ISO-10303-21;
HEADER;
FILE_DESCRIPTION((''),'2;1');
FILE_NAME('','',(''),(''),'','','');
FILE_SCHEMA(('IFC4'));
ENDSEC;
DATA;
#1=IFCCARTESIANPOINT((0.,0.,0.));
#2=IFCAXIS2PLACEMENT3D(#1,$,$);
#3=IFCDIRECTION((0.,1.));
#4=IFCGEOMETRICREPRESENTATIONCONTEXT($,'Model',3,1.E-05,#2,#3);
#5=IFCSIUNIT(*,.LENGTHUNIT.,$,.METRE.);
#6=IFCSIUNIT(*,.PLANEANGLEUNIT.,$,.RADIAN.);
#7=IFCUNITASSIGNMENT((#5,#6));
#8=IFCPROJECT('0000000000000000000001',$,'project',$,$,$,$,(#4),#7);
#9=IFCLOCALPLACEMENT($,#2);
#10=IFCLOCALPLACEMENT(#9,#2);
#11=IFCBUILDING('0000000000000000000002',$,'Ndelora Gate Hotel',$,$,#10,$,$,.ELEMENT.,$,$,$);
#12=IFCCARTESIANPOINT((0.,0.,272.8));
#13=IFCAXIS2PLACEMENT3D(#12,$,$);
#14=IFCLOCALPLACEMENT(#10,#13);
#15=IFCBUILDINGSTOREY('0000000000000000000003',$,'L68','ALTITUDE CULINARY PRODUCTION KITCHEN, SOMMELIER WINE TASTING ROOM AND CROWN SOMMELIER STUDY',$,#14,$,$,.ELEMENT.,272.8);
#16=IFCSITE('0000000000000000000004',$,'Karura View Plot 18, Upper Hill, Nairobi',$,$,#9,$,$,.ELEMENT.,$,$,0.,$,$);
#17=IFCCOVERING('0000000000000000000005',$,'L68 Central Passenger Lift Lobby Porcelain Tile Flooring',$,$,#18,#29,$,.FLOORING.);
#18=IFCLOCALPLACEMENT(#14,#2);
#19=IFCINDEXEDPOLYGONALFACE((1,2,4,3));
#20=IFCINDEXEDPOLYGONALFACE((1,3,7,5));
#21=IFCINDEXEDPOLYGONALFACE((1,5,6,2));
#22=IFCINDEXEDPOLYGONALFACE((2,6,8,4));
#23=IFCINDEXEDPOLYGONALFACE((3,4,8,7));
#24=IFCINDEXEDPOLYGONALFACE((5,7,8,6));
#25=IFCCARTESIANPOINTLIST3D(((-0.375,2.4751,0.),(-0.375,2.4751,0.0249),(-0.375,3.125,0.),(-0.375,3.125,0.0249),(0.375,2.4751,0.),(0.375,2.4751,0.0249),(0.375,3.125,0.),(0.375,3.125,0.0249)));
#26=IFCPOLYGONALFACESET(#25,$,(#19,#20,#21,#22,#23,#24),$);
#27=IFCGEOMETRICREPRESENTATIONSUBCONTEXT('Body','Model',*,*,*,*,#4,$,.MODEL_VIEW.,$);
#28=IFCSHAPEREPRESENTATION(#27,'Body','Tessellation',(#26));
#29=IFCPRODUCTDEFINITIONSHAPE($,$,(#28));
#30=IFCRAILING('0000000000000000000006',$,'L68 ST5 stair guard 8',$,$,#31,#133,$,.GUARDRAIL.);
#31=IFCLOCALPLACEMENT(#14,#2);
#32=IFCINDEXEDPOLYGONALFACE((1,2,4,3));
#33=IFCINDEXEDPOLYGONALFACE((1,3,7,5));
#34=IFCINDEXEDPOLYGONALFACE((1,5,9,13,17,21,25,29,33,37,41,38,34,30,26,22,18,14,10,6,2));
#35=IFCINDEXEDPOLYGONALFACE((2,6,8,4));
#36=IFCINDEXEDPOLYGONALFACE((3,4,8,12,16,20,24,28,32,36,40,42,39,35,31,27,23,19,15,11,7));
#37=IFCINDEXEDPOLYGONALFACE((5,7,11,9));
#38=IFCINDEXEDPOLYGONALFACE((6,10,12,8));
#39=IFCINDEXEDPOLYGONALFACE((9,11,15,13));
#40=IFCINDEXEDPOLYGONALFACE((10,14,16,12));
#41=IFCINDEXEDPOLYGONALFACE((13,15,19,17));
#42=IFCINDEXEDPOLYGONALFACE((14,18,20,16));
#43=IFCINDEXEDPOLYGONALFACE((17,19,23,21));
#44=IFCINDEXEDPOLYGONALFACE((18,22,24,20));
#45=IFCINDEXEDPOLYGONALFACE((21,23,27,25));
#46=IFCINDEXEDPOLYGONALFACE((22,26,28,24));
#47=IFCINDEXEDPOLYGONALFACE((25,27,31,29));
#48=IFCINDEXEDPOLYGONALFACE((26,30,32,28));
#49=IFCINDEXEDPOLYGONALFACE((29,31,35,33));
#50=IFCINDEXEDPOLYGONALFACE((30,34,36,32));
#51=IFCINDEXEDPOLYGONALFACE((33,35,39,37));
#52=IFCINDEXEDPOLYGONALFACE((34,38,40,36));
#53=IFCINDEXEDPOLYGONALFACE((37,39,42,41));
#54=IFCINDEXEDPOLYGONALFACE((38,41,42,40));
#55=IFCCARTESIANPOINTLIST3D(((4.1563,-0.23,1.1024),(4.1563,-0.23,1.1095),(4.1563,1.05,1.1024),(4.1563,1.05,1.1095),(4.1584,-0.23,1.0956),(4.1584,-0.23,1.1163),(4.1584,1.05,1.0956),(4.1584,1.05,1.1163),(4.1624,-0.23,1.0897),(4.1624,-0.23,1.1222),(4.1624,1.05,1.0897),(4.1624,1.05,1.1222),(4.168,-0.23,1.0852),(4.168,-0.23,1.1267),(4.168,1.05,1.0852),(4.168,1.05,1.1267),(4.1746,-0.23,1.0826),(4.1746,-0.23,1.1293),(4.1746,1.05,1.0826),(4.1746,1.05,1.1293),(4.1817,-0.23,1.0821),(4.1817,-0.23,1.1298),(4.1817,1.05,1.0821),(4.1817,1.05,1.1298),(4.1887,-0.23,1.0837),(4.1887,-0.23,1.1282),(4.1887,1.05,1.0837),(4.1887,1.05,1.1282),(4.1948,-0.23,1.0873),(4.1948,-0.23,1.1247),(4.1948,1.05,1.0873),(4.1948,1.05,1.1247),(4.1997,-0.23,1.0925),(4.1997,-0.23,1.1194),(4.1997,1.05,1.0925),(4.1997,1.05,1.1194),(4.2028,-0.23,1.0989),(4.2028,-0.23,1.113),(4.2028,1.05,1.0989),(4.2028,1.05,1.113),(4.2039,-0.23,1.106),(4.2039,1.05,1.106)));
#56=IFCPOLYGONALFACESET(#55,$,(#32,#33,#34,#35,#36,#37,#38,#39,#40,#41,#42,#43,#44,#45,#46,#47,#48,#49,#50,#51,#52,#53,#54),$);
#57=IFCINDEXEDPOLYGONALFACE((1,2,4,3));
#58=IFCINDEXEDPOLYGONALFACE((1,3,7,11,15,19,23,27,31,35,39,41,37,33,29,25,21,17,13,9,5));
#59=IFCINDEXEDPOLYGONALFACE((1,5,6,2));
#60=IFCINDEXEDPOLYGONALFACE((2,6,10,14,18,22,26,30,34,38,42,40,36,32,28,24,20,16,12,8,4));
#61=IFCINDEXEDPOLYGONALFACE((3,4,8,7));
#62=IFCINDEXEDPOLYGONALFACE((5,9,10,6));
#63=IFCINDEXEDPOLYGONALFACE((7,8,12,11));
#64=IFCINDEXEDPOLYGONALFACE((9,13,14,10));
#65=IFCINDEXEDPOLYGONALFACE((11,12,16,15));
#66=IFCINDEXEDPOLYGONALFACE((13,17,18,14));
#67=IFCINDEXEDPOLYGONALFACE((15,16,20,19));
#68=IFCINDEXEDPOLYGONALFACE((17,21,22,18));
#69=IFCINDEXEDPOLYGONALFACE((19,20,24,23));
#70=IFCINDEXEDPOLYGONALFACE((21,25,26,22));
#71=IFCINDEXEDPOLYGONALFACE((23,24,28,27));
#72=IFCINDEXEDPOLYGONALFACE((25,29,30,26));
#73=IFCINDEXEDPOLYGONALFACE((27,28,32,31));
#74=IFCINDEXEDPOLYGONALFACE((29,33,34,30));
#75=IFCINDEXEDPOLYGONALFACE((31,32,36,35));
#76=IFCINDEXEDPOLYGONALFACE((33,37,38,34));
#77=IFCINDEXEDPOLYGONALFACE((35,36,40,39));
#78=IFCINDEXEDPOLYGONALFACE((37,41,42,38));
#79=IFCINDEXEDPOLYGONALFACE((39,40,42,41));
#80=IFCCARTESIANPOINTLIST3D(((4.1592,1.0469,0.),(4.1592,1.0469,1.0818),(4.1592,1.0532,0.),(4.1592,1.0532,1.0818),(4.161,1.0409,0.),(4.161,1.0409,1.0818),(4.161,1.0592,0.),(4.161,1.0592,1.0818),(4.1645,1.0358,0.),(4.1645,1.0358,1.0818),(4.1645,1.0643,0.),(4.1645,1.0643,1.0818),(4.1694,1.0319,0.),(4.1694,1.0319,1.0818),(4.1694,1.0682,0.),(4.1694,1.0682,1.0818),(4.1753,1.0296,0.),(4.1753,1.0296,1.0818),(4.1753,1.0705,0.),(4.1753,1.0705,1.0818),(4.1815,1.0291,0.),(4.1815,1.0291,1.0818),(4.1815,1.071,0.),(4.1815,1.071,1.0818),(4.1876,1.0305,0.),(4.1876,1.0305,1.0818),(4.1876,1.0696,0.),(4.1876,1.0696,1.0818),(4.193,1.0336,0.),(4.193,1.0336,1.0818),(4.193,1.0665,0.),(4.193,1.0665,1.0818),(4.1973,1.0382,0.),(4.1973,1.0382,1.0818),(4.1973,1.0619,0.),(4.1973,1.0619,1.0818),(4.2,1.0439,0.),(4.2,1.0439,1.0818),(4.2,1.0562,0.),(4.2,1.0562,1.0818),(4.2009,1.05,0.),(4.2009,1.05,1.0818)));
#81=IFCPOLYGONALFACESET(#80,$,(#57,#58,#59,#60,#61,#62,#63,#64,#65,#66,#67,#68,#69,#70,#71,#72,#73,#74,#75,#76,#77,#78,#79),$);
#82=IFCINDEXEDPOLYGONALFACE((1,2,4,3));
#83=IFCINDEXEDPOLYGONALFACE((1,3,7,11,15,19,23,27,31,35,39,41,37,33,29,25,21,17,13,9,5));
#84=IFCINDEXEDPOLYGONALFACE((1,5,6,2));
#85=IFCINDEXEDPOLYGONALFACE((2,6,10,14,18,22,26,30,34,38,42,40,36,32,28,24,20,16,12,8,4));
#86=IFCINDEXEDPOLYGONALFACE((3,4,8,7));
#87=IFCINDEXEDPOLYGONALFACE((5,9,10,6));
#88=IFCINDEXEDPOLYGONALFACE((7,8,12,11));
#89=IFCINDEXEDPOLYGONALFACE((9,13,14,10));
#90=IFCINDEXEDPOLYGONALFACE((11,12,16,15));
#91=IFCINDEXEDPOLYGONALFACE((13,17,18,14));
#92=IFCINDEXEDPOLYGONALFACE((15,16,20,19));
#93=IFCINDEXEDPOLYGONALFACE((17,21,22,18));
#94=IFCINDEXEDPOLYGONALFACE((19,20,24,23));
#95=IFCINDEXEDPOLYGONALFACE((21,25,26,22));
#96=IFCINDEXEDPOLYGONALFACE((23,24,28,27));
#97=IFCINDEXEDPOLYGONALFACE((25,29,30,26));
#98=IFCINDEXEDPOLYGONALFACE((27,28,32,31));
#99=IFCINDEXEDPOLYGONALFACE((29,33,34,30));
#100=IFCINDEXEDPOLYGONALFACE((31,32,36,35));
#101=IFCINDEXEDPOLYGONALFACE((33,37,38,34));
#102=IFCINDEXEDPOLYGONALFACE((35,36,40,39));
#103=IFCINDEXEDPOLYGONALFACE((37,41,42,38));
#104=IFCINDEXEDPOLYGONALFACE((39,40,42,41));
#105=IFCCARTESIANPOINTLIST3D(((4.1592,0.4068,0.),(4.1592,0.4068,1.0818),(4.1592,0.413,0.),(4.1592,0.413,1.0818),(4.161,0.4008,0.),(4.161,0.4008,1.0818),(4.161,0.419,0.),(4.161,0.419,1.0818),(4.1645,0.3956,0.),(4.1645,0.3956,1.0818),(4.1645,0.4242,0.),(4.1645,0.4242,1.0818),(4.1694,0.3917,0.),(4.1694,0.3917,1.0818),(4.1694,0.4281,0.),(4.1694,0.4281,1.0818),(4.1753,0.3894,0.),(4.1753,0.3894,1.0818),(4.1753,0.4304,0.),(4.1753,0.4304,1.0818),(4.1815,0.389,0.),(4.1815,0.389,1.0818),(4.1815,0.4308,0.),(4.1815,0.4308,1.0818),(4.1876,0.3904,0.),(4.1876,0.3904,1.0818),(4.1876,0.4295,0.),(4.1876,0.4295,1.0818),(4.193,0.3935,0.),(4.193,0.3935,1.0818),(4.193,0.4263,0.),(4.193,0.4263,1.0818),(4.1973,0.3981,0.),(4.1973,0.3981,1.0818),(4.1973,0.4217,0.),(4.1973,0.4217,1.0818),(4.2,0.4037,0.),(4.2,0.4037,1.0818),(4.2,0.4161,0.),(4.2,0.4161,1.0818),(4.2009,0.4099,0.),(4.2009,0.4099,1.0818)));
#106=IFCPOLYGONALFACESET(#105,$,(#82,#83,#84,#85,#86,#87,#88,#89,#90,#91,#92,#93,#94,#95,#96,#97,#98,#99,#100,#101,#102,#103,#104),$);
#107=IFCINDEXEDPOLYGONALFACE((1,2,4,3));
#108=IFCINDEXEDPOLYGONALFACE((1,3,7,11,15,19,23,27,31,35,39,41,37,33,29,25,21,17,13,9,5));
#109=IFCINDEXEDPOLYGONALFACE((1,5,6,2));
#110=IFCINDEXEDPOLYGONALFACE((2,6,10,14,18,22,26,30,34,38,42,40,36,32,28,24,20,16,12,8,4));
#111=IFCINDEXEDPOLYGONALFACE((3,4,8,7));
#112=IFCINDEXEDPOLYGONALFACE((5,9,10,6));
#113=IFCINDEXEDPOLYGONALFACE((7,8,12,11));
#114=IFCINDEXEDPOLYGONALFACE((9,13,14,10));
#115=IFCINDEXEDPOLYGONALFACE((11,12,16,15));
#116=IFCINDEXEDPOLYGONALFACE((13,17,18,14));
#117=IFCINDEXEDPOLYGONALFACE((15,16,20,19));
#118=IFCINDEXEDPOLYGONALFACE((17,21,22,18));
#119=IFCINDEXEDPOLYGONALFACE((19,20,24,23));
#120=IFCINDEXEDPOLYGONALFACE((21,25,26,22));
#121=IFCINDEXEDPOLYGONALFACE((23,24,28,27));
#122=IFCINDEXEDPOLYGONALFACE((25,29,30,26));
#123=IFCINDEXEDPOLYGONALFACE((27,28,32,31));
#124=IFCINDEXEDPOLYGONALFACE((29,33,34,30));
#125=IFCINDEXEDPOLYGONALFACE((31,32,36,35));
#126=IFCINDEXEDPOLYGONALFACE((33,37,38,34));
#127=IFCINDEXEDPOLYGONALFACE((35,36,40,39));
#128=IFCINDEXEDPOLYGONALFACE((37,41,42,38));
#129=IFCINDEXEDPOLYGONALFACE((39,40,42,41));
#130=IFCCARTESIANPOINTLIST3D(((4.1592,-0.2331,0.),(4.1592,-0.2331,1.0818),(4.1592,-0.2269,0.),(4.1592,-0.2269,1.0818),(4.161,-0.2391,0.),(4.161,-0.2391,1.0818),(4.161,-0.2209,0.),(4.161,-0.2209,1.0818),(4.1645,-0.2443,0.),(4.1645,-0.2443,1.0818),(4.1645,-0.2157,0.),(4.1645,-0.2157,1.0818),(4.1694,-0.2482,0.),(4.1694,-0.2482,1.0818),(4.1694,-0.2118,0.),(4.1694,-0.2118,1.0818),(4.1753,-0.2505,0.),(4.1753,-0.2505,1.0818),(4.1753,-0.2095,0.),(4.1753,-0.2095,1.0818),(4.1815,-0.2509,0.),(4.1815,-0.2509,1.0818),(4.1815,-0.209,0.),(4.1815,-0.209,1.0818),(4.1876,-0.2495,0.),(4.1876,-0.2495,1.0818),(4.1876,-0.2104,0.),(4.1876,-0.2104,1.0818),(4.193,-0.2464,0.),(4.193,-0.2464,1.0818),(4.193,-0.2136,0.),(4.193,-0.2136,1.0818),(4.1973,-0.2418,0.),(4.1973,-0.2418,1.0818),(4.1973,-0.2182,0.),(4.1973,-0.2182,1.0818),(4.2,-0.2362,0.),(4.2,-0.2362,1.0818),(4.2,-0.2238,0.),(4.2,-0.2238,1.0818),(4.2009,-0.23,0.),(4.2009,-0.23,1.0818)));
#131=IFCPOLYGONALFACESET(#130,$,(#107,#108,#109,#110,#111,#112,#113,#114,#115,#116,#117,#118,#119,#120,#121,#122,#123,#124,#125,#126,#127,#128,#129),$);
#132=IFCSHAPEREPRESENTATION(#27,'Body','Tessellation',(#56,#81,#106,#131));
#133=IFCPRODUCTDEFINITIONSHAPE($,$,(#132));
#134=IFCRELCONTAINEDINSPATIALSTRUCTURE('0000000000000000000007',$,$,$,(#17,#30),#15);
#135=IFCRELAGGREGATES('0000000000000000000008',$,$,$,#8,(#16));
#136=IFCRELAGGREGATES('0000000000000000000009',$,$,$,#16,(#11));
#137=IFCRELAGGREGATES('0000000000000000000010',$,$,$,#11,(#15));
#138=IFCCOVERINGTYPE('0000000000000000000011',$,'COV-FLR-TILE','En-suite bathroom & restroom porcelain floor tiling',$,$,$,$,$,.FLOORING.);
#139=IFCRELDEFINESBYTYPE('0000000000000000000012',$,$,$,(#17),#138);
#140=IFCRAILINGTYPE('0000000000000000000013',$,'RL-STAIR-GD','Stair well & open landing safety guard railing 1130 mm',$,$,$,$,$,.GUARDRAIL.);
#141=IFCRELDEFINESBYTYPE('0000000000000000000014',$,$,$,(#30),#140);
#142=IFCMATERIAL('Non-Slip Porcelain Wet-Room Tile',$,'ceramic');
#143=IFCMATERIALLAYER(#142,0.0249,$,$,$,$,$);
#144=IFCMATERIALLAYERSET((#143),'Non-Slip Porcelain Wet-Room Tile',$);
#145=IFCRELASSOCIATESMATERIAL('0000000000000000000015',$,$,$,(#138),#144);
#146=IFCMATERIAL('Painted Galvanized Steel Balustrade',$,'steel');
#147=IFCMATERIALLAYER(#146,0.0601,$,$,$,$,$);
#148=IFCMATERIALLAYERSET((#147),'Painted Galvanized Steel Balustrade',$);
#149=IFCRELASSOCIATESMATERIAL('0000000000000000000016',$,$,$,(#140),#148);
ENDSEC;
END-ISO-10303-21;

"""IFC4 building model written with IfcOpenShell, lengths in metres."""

from ifc_helpers import new_model, si_unit, direction, frame, origin, origin_2d, place, context, subcontext, project, spatial, rectangle, circle, extrude, material, layer, layer_set, type_object, element, save


model = new_model("IFC4")

# Units and contexts
model_context = context("Model", 3, precision=1e-05, world=origin(), true_north=direction((0.0, 1.0)))
body_context = subcontext(model_context, "Body", "Model", "MODEL_VIEW")
ifc_project = project(units=[si_unit("LENGTHUNIT", "METRE"), si_unit("PLANEANGLEUNIT", "RADIAN")], contexts=[model_context])

# Site, building, storey
site_placement = place(None, origin())
site = spatial("IfcSite", under=ifc_project, at=site_placement, Name="Karura View Plot 18, Upper Hill, Nairobi", CompositionType="ELEMENT", RefElevation=0.0)
building_placement = place(site_placement, origin())
building = spatial("IfcBuilding", under=site, at=building_placement, Name="Ndelora Gate Hotel", CompositionType="ELEMENT")
storey_placement = place(building_placement, frame((0.0, 0.0, 272.8)))
storey = spatial("IfcBuildingStorey", under=building, at=storey_placement, Name="L68", Description="ALTITUDE CULINARY PRODUCTION KITCHEN, SOMMELIER WINE TASTING ROOM AND CROWN SOMMELIER STUDY", CompositionType="ELEMENT", Elevation=272.8)

# Covering
ifc_material_1 = material(Name="Non-Slip Porcelain Wet-Room Tile", Category="ceramic")
ifc_layer_1 = layer(ifc_material_1, 0.0249)
ifc_layer_set_1 = layer_set([ifc_layer_1], Name="Non-Slip Porcelain Wet-Room Tile")
covering_type_1 = type_object("IfcCoveringType", Name="COV-FLR-TILE", Description="En-suite bathroom & restroom porcelain floor tiling", PredefinedType="FLOORING", material=ifc_layer_set_1)
covering_1_placement = place(storey_placement, frame((0.0, 2.8, 0.0), z_axis=(0.0, 0.0, 1.0), x_axis=(1.0, 0.0, 0.0)))
element("IfcCovering", 1, at=covering_1_placement, inside=storey, type_object=covering_type_1, Name="L68 Central Passenger Lift Lobby Porcelain Tile Flooring", PredefinedType="FLOORING", context=body_context, shape_type="SweptSolid", body=[
    extrude(rectangle(XDim=0.75, YDim=0.6499, at=origin_2d()), origin(), (0.0, 0.0, 1.0), 0.0249),
])

# Railing
ifc_material_2 = material(Name="Painted Galvanized Steel Balustrade", Category="steel")
ifc_layer_2 = layer(ifc_material_2, 0.0601)
ifc_layer_set_2 = layer_set([ifc_layer_2], Name="Painted Galvanized Steel Balustrade")
railing_type_1 = type_object("IfcRailingType", Name="RL-STAIR-GD", Description="Stair well & open landing safety guard railing 1130 mm", PredefinedType="GUARDRAIL", material=ifc_layer_set_2)
railing_1_placement = place(storey_placement, frame((4.1799, 1.05, 0.0)))
element("IfcRailing", 2, at=railing_1_placement, inside=storey, type_object=railing_type_1, Name="L68 ST5 stair guard 8", PredefinedType="GUARDRAIL", context=body_context, shape_type="SweptSolid", body=[
    extrude(circle(Radius=0.0239, at=origin_2d()), frame((0.0, 0.0, 1.106), z_axis=(0.0, -1.0, 0.0), x_axis=(1.0, 0.0, 0.0)), (0.0, 0.0, 1.0), 1.28),
    extrude(circle(Radius=0.021, at=origin_2d()), origin(), (0.0, 0.0, 1.0), 1.0818),
    extrude(circle(Radius=0.021, at=origin_2d()), frame((0.0, -0.6401, 0.0)), (0.0, 0.0, 1.0), 1.0818),
    extrude(circle(Radius=0.021, at=origin_2d()), frame((0.0, -1.28, 0.0)), (0.0, 0.0, 1.0), 1.0818),
])

save(model, "model.ifc")
